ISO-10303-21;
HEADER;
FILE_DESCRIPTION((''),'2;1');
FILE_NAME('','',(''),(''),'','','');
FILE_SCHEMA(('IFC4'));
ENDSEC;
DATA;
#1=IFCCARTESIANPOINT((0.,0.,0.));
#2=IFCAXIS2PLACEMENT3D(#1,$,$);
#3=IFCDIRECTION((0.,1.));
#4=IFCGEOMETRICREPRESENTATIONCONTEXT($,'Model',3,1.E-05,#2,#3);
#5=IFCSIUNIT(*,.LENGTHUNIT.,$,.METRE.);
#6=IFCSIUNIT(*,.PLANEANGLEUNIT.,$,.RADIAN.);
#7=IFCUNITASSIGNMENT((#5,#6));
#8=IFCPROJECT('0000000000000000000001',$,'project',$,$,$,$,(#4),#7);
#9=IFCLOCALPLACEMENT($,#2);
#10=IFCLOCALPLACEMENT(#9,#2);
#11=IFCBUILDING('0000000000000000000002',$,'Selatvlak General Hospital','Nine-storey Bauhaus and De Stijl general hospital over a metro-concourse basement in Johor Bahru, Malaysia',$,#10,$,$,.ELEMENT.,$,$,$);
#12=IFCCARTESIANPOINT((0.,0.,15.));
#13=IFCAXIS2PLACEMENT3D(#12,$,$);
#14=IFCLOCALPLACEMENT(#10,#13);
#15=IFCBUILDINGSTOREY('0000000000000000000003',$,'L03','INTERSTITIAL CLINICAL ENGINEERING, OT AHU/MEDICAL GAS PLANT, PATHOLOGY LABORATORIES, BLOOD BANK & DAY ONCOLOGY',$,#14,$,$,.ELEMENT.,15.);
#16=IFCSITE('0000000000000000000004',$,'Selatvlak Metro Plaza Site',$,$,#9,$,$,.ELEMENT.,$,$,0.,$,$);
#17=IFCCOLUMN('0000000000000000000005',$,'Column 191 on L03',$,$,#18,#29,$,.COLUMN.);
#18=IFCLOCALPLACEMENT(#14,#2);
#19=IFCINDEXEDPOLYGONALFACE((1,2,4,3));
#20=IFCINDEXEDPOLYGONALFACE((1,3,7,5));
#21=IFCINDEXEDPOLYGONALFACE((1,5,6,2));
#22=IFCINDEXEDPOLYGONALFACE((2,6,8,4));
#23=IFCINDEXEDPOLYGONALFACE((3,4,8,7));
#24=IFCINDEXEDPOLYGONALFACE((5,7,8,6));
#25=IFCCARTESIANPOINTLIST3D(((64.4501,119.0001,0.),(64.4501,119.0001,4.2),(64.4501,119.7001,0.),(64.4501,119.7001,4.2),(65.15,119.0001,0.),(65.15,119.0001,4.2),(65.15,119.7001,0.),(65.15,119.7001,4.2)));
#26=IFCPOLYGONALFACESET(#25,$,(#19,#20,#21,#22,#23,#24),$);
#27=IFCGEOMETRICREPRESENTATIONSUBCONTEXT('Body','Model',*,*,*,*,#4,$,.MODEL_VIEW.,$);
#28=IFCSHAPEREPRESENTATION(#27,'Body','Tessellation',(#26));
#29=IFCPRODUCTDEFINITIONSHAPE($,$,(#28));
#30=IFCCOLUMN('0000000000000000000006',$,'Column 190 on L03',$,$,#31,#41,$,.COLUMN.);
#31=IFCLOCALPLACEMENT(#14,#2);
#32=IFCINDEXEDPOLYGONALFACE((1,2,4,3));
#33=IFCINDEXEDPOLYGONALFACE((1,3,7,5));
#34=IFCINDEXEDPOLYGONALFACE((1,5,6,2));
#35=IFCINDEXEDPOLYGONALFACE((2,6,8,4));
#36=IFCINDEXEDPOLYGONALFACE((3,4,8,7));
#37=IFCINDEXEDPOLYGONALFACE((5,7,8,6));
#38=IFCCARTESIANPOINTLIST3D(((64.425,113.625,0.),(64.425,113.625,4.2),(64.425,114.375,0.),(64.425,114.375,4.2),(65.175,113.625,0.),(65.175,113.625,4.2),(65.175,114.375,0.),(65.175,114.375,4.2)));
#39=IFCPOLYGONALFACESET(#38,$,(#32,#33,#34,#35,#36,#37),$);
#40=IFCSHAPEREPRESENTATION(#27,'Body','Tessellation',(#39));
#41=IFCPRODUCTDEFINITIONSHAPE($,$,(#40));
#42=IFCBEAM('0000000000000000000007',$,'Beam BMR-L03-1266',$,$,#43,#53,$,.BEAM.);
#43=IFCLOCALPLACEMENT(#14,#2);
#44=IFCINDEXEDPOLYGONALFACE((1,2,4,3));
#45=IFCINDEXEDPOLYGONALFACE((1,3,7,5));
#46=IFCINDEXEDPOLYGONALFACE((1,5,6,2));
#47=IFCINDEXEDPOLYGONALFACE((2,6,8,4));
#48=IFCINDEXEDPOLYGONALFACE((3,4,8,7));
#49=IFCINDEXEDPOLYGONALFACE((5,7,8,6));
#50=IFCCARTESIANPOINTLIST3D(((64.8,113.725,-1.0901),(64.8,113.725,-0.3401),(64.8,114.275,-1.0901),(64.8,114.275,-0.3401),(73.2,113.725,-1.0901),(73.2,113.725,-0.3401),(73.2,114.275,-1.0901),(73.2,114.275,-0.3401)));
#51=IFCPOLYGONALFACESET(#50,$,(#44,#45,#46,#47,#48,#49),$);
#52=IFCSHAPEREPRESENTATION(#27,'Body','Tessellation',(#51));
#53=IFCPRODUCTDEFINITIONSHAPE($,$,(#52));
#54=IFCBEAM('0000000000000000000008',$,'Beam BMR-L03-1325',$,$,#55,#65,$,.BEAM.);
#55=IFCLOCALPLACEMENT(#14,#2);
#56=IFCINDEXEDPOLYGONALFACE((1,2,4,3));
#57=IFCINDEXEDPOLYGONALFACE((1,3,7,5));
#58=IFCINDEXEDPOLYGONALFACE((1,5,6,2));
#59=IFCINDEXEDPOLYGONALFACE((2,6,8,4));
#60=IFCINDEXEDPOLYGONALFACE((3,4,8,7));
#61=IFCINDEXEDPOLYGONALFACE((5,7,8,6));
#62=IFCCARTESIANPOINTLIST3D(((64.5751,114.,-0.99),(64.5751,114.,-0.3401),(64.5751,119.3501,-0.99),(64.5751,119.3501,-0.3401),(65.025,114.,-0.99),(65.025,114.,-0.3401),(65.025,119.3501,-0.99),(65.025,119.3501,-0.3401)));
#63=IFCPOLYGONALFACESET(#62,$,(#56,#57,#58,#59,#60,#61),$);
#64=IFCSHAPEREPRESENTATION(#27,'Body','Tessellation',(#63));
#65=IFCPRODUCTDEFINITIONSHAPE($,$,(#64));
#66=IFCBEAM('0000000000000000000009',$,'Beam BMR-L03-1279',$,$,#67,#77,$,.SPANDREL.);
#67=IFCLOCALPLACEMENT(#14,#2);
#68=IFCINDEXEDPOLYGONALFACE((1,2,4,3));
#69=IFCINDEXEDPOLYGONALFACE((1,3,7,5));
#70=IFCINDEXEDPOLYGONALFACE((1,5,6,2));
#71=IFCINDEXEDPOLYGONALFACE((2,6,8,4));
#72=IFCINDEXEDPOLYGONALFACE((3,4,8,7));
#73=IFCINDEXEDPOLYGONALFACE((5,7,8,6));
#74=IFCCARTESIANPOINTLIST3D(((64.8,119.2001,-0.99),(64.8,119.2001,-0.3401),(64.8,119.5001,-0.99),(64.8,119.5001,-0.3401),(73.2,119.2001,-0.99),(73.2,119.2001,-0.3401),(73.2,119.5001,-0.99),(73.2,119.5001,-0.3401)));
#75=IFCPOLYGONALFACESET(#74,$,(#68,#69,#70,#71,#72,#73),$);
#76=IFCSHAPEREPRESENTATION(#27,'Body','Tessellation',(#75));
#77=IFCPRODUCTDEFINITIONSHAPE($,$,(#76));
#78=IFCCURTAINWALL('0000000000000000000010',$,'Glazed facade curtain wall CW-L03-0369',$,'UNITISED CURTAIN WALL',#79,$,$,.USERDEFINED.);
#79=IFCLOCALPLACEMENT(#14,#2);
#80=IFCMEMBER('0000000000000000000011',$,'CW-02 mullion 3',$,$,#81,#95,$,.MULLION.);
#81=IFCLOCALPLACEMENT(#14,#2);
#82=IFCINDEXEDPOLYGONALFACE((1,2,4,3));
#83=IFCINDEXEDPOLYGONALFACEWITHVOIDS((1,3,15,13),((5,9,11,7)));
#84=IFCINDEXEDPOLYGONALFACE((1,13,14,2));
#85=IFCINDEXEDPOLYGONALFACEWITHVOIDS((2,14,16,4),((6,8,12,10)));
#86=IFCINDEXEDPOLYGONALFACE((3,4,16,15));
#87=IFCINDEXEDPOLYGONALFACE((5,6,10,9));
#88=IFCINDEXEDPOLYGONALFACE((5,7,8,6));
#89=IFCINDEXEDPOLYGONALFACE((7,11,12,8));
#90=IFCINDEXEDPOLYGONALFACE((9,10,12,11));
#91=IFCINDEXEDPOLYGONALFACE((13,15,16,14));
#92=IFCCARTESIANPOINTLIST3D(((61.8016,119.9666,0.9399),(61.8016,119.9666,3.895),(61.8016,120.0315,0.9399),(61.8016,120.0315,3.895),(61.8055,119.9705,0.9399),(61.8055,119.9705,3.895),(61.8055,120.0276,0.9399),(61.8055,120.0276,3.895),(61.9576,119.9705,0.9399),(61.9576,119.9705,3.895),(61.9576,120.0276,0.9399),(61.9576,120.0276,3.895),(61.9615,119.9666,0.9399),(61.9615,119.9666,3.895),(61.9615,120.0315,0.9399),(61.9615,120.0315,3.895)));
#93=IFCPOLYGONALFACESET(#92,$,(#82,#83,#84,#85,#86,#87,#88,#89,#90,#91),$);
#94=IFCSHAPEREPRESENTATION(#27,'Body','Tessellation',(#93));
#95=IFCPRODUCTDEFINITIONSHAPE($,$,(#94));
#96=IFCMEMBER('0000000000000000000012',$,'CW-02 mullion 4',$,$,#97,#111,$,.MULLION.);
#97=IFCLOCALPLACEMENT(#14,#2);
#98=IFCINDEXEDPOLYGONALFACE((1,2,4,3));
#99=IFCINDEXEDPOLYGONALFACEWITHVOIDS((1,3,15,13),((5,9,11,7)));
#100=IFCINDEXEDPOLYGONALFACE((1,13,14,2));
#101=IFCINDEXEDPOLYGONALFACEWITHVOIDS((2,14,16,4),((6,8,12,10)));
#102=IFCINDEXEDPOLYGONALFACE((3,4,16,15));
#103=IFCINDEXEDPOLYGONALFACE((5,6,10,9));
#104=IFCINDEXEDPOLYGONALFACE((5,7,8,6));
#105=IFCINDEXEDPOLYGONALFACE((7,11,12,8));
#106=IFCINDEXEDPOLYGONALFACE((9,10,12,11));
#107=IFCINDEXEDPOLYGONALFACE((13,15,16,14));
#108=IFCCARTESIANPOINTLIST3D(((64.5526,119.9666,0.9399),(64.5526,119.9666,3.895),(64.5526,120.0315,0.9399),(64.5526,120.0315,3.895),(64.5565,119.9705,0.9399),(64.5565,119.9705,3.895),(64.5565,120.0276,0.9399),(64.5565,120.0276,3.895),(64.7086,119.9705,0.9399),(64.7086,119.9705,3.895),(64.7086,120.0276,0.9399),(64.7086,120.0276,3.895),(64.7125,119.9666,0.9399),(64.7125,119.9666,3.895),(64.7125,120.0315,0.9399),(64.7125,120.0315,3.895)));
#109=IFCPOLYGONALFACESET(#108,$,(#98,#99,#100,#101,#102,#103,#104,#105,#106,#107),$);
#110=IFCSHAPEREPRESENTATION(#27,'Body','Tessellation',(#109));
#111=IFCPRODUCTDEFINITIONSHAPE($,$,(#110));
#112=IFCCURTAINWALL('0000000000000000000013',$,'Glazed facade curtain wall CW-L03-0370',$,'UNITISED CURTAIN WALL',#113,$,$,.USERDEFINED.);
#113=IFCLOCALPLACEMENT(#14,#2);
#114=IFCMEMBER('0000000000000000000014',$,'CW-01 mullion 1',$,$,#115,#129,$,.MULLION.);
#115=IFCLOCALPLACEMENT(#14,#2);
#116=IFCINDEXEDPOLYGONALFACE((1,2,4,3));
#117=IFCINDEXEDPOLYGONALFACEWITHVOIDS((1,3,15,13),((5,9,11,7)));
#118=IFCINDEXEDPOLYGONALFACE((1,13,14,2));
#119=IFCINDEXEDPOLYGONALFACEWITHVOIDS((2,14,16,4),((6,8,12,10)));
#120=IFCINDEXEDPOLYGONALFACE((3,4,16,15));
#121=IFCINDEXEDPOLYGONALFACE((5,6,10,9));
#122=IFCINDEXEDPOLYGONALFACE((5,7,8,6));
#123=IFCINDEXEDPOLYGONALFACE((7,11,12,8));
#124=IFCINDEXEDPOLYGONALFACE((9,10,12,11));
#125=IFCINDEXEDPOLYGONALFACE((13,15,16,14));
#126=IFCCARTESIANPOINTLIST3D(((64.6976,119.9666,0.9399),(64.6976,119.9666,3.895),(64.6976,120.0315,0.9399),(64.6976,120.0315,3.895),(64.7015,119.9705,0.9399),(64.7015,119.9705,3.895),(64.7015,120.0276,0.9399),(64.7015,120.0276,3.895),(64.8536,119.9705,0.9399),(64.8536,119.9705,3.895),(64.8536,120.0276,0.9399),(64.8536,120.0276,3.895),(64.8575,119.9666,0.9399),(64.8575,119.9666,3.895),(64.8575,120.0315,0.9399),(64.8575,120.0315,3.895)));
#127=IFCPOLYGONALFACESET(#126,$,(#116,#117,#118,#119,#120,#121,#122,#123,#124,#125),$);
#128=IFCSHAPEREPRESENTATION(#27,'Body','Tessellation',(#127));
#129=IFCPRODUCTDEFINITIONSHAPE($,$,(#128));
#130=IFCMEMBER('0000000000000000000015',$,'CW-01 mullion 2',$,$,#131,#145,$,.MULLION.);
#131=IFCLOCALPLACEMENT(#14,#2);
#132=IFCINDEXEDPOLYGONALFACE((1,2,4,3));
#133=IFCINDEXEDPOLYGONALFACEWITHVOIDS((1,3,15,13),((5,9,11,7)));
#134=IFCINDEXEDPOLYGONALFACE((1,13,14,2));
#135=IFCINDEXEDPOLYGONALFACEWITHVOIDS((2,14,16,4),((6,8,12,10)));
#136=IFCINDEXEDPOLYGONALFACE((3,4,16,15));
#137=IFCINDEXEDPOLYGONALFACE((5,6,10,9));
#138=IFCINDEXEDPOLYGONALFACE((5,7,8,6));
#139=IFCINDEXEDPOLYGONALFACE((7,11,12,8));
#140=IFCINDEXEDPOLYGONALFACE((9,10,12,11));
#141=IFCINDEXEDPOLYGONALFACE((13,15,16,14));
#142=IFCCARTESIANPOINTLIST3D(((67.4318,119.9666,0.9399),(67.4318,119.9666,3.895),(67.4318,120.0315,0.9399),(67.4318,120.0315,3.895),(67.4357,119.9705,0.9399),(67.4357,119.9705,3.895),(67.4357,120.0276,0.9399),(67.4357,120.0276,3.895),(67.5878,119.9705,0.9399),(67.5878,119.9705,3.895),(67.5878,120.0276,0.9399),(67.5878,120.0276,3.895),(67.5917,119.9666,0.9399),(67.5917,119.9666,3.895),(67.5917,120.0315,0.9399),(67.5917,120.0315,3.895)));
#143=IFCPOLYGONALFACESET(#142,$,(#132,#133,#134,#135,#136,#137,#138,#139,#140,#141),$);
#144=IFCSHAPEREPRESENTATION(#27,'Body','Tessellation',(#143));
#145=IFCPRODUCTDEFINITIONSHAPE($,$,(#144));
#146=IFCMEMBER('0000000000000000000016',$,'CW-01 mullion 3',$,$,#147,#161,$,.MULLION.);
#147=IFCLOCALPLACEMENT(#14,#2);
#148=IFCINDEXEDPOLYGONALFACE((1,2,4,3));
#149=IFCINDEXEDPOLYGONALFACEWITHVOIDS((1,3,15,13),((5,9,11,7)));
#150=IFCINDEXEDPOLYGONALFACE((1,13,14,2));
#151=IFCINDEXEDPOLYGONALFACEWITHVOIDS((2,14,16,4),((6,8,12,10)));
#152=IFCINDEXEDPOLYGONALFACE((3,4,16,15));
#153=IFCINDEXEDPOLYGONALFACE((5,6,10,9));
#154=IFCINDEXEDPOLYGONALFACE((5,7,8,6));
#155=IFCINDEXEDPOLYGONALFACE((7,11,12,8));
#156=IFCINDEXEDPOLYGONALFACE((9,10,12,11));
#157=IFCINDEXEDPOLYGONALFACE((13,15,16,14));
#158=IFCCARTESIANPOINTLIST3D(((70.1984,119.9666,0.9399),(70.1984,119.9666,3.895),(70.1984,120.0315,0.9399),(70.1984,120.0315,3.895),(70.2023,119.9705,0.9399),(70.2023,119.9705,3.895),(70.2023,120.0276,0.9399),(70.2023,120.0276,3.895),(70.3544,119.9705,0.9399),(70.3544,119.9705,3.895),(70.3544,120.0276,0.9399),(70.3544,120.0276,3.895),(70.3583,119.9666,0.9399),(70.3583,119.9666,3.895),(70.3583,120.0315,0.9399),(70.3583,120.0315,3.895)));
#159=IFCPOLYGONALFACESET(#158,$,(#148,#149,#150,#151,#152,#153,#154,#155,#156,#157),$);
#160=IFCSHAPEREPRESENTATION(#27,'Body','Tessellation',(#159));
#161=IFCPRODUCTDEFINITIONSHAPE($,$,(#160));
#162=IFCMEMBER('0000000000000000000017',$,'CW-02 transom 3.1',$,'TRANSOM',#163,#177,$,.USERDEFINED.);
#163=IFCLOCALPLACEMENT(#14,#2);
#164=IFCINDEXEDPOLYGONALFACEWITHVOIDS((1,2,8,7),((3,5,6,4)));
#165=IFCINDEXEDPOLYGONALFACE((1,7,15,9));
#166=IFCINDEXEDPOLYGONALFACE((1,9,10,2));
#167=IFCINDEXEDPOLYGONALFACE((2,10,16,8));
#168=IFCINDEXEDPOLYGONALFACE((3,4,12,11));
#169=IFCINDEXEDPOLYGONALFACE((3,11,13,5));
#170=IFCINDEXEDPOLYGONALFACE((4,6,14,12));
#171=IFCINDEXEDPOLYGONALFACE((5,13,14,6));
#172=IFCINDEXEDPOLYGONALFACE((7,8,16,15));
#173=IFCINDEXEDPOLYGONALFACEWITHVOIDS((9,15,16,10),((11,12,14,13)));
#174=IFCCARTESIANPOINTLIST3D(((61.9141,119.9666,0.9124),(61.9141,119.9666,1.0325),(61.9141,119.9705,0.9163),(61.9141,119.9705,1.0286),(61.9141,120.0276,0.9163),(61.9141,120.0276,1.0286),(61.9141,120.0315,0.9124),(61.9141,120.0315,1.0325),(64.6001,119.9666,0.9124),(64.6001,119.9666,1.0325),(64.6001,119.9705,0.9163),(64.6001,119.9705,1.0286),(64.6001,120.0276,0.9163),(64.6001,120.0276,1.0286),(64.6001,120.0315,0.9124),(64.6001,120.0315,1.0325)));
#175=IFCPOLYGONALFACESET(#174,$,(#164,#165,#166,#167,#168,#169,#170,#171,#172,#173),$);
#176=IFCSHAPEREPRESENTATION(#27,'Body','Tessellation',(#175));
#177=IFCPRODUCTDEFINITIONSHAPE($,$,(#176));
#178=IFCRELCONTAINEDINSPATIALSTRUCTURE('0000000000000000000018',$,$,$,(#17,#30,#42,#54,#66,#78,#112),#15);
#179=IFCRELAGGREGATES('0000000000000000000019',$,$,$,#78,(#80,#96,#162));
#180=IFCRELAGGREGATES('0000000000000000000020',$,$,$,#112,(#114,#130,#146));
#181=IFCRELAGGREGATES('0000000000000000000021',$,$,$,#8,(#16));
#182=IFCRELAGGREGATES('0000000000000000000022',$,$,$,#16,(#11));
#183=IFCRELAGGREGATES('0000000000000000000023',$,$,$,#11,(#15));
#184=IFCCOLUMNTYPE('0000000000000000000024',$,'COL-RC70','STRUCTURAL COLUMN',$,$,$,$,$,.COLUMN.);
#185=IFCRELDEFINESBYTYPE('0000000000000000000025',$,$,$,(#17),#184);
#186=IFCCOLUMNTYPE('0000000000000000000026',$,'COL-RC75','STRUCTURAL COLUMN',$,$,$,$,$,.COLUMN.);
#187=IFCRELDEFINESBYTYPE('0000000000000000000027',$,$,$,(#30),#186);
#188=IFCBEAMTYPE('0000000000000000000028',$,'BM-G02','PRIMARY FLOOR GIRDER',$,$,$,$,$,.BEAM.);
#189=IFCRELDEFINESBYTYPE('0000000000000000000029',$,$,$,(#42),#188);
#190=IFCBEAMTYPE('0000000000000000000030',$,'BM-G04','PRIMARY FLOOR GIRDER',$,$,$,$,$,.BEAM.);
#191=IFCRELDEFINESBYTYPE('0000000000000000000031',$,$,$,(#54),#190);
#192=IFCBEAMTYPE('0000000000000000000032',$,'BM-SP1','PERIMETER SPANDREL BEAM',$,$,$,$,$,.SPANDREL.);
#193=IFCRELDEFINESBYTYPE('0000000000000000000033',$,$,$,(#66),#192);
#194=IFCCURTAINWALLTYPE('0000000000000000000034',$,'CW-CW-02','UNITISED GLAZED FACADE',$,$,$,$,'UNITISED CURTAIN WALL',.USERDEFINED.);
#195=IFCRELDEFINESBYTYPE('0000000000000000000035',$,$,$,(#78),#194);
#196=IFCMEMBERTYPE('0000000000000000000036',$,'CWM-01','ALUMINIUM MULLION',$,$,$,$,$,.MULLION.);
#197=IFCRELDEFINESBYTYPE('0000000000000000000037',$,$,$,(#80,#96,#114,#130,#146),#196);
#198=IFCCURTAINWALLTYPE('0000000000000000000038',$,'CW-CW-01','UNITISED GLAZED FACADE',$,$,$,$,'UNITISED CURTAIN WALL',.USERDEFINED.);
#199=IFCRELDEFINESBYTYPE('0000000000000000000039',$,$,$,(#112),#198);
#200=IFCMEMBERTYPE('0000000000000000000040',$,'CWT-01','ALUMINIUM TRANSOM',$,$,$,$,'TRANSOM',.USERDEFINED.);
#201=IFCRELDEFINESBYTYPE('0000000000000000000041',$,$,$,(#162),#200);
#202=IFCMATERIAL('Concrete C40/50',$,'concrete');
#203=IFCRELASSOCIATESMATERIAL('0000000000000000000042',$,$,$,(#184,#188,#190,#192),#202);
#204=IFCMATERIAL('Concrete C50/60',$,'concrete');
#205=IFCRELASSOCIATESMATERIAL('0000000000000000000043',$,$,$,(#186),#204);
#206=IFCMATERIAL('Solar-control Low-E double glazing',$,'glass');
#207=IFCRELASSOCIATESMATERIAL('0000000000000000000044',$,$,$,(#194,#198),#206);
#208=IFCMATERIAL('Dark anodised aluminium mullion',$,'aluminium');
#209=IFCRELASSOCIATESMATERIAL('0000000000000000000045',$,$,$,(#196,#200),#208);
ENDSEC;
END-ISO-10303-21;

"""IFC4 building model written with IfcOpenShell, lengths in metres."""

from ifc_helpers import new_model, si_unit, direction, frame, origin, origin_2d, place, context, subcontext, project, spatial, rectangle, hollow_rectangle, extrude, material, material_profile, profile_set, type_object, element, aggregate, save


model = new_model("IFC4")

# Units and contexts
model_context = context("Model", 3, precision=1e-05, world=origin(), true_north=direction((0.0, 1.0)))
body_context = subcontext(model_context, "Body", "Model", "MODEL_VIEW")
ifc_project = project(units=[si_unit("LENGTHUNIT", "METRE"), si_unit("PLANEANGLEUNIT", "RADIAN")], contexts=[model_context])

# Site, building, storey
site_placement = place(None, origin())
site = spatial("IfcSite", under=ifc_project, at=site_placement, Name="Selatvlak Metro Plaza Site", CompositionType="ELEMENT", RefElevation=0.0)
building_placement = place(site_placement, origin())
building = spatial("IfcBuilding", under=site, at=building_placement, Name="Selatvlak General Hospital", Description="Nine-storey Bauhaus and De Stijl general hospital over a metro-concourse basement in Johor Bahru, Malaysia", CompositionType="ELEMENT")
storey_placement = place(building_placement, frame((0.0, 0.0, 15.0)))
storey = spatial("IfcBuildingStorey", under=building, at=storey_placement, Name="L03", Description="INTERSTITIAL CLINICAL ENGINEERING, OT AHU/MEDICAL GAS PLANT, PATHOLOGY LABORATORIES, BLOOD BANK & DAY ONCOLOGY", CompositionType="ELEMENT", Elevation=15.0)

# Columns
ifc_material_1 = material(Name="Concrete C40/50", Category="concrete")
ifc_material_profile_1 = material_profile(ifc_material_1, rectangle(XDim=0.7, YDim=0.7, at=origin_2d()), Name="RC-COL 700x700")
ifc_profile_set_1 = profile_set([ifc_material_profile_1], Name="Concrete C40/50")
column_type_1 = type_object("IfcColumnType", Name="COL-RC70", Description="STRUCTURAL COLUMN", PredefinedType="COLUMN", material=ifc_profile_set_1)
column_1_placement = place(storey_placement, frame((64.8, 119.3501, 0.0), z_axis=(0.0, 0.0, 1.0), x_axis=(1.0, 0.0, 0.0)))
element("IfcColumn", 1, at=column_1_placement, inside=storey, type_object=column_type_1, Name="Column 191 on L03", PredefinedType="COLUMN", context=body_context, shape_type="SweptSolid", body=[
    extrude(rectangle(XDim=0.7, YDim=0.7, at=origin_2d()), origin(), (0.0, 0.0, 1.0), 4.2),
])
ifc_material_2 = material(Name="Concrete C50/60", Category="concrete")
ifc_material_profile_2 = material_profile(ifc_material_2, rectangle(XDim=0.75, YDim=0.75, at=origin_2d()), Name="RC-COL 750x750")
ifc_profile_set_2 = profile_set([ifc_material_profile_2], Name="Concrete C50/60")
column_type_2 = type_object("IfcColumnType", Name="COL-RC75", Description="STRUCTURAL COLUMN", PredefinedType="COLUMN", material=ifc_profile_set_2)
column_2_placement = place(storey_placement, frame((64.8, 114.0, 0.0), z_axis=(0.0, 0.0, 1.0), x_axis=(1.0, 0.0, 0.0)))
element("IfcColumn", 2, at=column_2_placement, inside=storey, type_object=column_type_2, Name="Column 190 on L03", PredefinedType="COLUMN", context=body_context, shape_type="SweptSolid", body=[
    extrude(rectangle(XDim=0.75, YDim=0.75, at=origin_2d()), origin(), (0.0, 0.0, 1.0), 4.2),
])

# Beams
ifc_material_profile_3 = material_profile(ifc_material_1, rectangle(XDim=0.55, YDim=0.75, at=origin_2d()), Name="RC-BM 550x750")
ifc_profile_set_3 = profile_set([ifc_material_profile_3], Name="Concrete C40/50")
beam_type_1 = type_object("IfcBeamType", Name="BM-G02", Description="PRIMARY FLOOR GIRDER", PredefinedType="BEAM", material=ifc_profile_set_3)
beam_1_placement = place(storey_placement, frame((64.8, 114.0, -0.7151), z_axis=(1.0, 0.0, 0.0), x_axis=(0.0, 1.0, 0.0)))
element("IfcBeam", 3, at=beam_1_placement, inside=storey, type_object=beam_type_1, Name="Beam BMR-L03-1266", PredefinedType="BEAM", context=body_context, shape_type="SweptSolid", body=[
    extrude(rectangle(XDim=0.55, YDim=0.75, at=origin_2d()), origin(), (0.0, 0.0, 1.0), 8.3999),
])
ifc_material_profile_4 = material_profile(ifc_material_1, rectangle(XDim=0.45, YDim=0.6499, at=origin_2d()), Name="RC-BM 450x650")
ifc_profile_set_4 = profile_set([ifc_material_profile_4], Name="Concrete C40/50")
beam_type_2 = type_object("IfcBeamType", Name="BM-G04", Description="PRIMARY FLOOR GIRDER", PredefinedType="BEAM", material=ifc_profile_set_4)
beam_2_placement = place(storey_placement, frame((64.8, 114.0, -0.665), z_axis=(0.0, 1.0, 0.0), x_axis=(-1.0, 0.0, 0.0)))
element("IfcBeam", 4, at=beam_2_placement, inside=storey, type_object=beam_type_2, Name="Beam BMR-L03-1325", PredefinedType="BEAM", context=body_context, shape_type="SweptSolid", body=[
    extrude(rectangle(XDim=0.45, YDim=0.6499, at=origin_2d()), origin(), (0.0, 0.0, 1.0), 5.3501),
])
ifc_material_profile_5 = material_profile(ifc_material_1, rectangle(XDim=0.3, YDim=0.6499, at=origin_2d()), Name="RC-SP 300x650")
ifc_profile_set_5 = profile_set([ifc_material_profile_5], Name="Concrete C40/50")
beam_type_3 = type_object("IfcBeamType", Name="BM-SP1", Description="PERIMETER SPANDREL BEAM", PredefinedType="SPANDREL", material=ifc_profile_set_5)
beam_3_placement = place(storey_placement, frame((64.8, 119.3501, -0.665), z_axis=(1.0, 0.0, 0.0), x_axis=(0.0, 1.0, 0.0)))
element("IfcBeam", 5, at=beam_3_placement, inside=storey, type_object=beam_type_3, Name="Beam BMR-L03-1279", PredefinedType="SPANDREL", context=body_context, shape_type="SweptSolid", body=[
    extrude(rectangle(XDim=0.3, YDim=0.6499, at=origin_2d()), origin(), (0.0, 0.0, 1.0), 8.3999),
])

# Curtain walls, members
ifc_material_3 = material(Name="Solar-control Low-E double glazing", Category="glass")
curtain_wall_type_1 = type_object("IfcCurtainWallType", Name="CW-CW-02", Description="UNITISED GLAZED FACADE", ElementType="UNITISED CURTAIN WALL", PredefinedType="USERDEFINED", material=ifc_material_3)
curtain_wall_1_placement = place(storey_placement, origin())
curtain_wall_1 = element("IfcCurtainWall", 6, at=curtain_wall_1_placement, inside=storey, type_object=curtain_wall_type_1, Name="Glazed facade curtain wall CW-L03-0369", ObjectType="UNITISED CURTAIN WALL", PredefinedType="USERDEFINED")
ifc_material_4 = material(Name="Dark anodised aluminium mullion", Category="aluminium")
ifc_material_profile_6 = material_profile(ifc_material_4, hollow_rectangle(XDim=0.0649, YDim=0.1599, WallThickness=0.0039, at=origin_2d()), Name="AL-MUL 65x160x4")
ifc_profile_set_6 = profile_set([ifc_material_profile_6], Name="Dark anodised aluminium mullion")
member_type_1 = type_object("IfcMemberType", Name="CWM-01", Description="ALUMINIUM MULLION", PredefinedType="MULLION", material=ifc_profile_set_6)
member_1_placement = place(storey_placement, frame((61.8816, 119.999, 0.9399), z_axis=(0.0, 0.0, 1.0), x_axis=(0.0, 1.0, 0.0)))
member_1 = element("IfcMember", 7, at=member_1_placement, type_object=member_type_1, Name="CW-02 mullion 3", PredefinedType="MULLION", context=body_context, shape_type="SweptSolid", body=[
    extrude(hollow_rectangle(XDim=0.0649, YDim=0.1599, WallThickness=0.0039, at=origin_2d()), origin(), (0.0, 0.0, 1.0), 2.9551),
])
member_2_placement = place(storey_placement, frame((64.6326, 119.999, 0.9399), z_axis=(0.0, 0.0, 1.0), x_axis=(0.0, 1.0, 0.0)))
member_2 = element("IfcMember", 8, at=member_2_placement, type_object=member_type_1, Name="CW-02 mullion 4", PredefinedType="MULLION", context=body_context, shape_type="SweptSolid", body=[
    extrude(hollow_rectangle(XDim=0.0649, YDim=0.1599, WallThickness=0.0039, at=origin_2d()), origin(), (0.0, 0.0, 1.0), 2.9551),
])
curtain_wall_type_2 = type_object("IfcCurtainWallType", Name="CW-CW-01", Description="UNITISED GLAZED FACADE", ElementType="UNITISED CURTAIN WALL", PredefinedType="USERDEFINED", material=ifc_material_3)
curtain_wall_2_placement = place(storey_placement, origin())
curtain_wall_2 = element("IfcCurtainWall", 9, at=curtain_wall_2_placement, inside=storey, type_object=curtain_wall_type_2, Name="Glazed facade curtain wall CW-L03-0370", ObjectType="UNITISED CURTAIN WALL", PredefinedType="USERDEFINED")
member_3_placement = place(storey_placement, frame((64.7776, 119.999, 0.9399), z_axis=(0.0, 0.0, 1.0), x_axis=(0.0, 1.0, 0.0)))
member_3 = element("IfcMember", 10, at=member_3_placement, type_object=member_type_1, Name="CW-01 mullion 1", PredefinedType="MULLION", context=body_context, shape_type="SweptSolid", body=[
    extrude(hollow_rectangle(XDim=0.0649, YDim=0.1599, WallThickness=0.0039, at=origin_2d()), origin(), (0.0, 0.0, 1.0), 2.9551),
])
member_4_placement = place(storey_placement, frame((67.5117, 119.999, 0.9399), z_axis=(0.0, 0.0, 1.0), x_axis=(0.0, 1.0, 0.0)))
member_4 = element("IfcMember", 11, at=member_4_placement, type_object=member_type_1, Name="CW-01 mullion 2", PredefinedType="MULLION", context=body_context, shape_type="SweptSolid", body=[
    extrude(hollow_rectangle(XDim=0.0649, YDim=0.1599, WallThickness=0.0039, at=origin_2d()), origin(), (0.0, 0.0, 1.0), 2.9551),
])
member_5_placement = place(storey_placement, frame((70.2783, 119.999, 0.9399), z_axis=(0.0, 0.0, 1.0), x_axis=(0.0, 1.0, 0.0)))
member_5 = element("IfcMember", 12, at=member_5_placement, type_object=member_type_1, Name="CW-01 mullion 3", PredefinedType="MULLION", context=body_context, shape_type="SweptSolid", body=[
    extrude(hollow_rectangle(XDim=0.0649, YDim=0.1599, WallThickness=0.0039, at=origin_2d()), origin(), (0.0, 0.0, 1.0), 2.9551),
])

# Member
ifc_material_profile_7 = material_profile(ifc_material_4, hollow_rectangle(XDim=0.0649, YDim=0.1201, WallThickness=0.0039, at=origin_2d()), Name="AL-TRN 65x120x4")
ifc_profile_set_7 = profile_set([ifc_material_profile_7], Name="Dark anodised aluminium mullion")
member_type_2 = type_object("IfcMemberType", Name="CWT-01", Description="ALUMINIUM TRANSOM", ElementType="TRANSOM", PredefinedType="USERDEFINED", material=ifc_profile_set_7)
member_6_placement = place(storey_placement, frame((61.9141, 119.999, 0.9724), z_axis=(1.0, 0.0, 0.0), x_axis=(0.0, 1.0, 0.0)))
member_6 = element("IfcMember", 13, at=member_6_placement, type_object=member_type_2, Name="CW-02 transom 3.1", ObjectType="TRANSOM", PredefinedType="USERDEFINED", context=body_context, shape_type="SweptSolid", body=[
    extrude(hollow_rectangle(XDim=0.0649, YDim=0.1201, WallThickness=0.0039, at=origin_2d()), origin(), (0.0, 0.0, 1.0), 2.686),
])

aggregate(curtain_wall_1, [member_1, member_2, member_6])
aggregate(curtain_wall_2, [member_3, member_4, member_5])

save(model, "model.ifc")
